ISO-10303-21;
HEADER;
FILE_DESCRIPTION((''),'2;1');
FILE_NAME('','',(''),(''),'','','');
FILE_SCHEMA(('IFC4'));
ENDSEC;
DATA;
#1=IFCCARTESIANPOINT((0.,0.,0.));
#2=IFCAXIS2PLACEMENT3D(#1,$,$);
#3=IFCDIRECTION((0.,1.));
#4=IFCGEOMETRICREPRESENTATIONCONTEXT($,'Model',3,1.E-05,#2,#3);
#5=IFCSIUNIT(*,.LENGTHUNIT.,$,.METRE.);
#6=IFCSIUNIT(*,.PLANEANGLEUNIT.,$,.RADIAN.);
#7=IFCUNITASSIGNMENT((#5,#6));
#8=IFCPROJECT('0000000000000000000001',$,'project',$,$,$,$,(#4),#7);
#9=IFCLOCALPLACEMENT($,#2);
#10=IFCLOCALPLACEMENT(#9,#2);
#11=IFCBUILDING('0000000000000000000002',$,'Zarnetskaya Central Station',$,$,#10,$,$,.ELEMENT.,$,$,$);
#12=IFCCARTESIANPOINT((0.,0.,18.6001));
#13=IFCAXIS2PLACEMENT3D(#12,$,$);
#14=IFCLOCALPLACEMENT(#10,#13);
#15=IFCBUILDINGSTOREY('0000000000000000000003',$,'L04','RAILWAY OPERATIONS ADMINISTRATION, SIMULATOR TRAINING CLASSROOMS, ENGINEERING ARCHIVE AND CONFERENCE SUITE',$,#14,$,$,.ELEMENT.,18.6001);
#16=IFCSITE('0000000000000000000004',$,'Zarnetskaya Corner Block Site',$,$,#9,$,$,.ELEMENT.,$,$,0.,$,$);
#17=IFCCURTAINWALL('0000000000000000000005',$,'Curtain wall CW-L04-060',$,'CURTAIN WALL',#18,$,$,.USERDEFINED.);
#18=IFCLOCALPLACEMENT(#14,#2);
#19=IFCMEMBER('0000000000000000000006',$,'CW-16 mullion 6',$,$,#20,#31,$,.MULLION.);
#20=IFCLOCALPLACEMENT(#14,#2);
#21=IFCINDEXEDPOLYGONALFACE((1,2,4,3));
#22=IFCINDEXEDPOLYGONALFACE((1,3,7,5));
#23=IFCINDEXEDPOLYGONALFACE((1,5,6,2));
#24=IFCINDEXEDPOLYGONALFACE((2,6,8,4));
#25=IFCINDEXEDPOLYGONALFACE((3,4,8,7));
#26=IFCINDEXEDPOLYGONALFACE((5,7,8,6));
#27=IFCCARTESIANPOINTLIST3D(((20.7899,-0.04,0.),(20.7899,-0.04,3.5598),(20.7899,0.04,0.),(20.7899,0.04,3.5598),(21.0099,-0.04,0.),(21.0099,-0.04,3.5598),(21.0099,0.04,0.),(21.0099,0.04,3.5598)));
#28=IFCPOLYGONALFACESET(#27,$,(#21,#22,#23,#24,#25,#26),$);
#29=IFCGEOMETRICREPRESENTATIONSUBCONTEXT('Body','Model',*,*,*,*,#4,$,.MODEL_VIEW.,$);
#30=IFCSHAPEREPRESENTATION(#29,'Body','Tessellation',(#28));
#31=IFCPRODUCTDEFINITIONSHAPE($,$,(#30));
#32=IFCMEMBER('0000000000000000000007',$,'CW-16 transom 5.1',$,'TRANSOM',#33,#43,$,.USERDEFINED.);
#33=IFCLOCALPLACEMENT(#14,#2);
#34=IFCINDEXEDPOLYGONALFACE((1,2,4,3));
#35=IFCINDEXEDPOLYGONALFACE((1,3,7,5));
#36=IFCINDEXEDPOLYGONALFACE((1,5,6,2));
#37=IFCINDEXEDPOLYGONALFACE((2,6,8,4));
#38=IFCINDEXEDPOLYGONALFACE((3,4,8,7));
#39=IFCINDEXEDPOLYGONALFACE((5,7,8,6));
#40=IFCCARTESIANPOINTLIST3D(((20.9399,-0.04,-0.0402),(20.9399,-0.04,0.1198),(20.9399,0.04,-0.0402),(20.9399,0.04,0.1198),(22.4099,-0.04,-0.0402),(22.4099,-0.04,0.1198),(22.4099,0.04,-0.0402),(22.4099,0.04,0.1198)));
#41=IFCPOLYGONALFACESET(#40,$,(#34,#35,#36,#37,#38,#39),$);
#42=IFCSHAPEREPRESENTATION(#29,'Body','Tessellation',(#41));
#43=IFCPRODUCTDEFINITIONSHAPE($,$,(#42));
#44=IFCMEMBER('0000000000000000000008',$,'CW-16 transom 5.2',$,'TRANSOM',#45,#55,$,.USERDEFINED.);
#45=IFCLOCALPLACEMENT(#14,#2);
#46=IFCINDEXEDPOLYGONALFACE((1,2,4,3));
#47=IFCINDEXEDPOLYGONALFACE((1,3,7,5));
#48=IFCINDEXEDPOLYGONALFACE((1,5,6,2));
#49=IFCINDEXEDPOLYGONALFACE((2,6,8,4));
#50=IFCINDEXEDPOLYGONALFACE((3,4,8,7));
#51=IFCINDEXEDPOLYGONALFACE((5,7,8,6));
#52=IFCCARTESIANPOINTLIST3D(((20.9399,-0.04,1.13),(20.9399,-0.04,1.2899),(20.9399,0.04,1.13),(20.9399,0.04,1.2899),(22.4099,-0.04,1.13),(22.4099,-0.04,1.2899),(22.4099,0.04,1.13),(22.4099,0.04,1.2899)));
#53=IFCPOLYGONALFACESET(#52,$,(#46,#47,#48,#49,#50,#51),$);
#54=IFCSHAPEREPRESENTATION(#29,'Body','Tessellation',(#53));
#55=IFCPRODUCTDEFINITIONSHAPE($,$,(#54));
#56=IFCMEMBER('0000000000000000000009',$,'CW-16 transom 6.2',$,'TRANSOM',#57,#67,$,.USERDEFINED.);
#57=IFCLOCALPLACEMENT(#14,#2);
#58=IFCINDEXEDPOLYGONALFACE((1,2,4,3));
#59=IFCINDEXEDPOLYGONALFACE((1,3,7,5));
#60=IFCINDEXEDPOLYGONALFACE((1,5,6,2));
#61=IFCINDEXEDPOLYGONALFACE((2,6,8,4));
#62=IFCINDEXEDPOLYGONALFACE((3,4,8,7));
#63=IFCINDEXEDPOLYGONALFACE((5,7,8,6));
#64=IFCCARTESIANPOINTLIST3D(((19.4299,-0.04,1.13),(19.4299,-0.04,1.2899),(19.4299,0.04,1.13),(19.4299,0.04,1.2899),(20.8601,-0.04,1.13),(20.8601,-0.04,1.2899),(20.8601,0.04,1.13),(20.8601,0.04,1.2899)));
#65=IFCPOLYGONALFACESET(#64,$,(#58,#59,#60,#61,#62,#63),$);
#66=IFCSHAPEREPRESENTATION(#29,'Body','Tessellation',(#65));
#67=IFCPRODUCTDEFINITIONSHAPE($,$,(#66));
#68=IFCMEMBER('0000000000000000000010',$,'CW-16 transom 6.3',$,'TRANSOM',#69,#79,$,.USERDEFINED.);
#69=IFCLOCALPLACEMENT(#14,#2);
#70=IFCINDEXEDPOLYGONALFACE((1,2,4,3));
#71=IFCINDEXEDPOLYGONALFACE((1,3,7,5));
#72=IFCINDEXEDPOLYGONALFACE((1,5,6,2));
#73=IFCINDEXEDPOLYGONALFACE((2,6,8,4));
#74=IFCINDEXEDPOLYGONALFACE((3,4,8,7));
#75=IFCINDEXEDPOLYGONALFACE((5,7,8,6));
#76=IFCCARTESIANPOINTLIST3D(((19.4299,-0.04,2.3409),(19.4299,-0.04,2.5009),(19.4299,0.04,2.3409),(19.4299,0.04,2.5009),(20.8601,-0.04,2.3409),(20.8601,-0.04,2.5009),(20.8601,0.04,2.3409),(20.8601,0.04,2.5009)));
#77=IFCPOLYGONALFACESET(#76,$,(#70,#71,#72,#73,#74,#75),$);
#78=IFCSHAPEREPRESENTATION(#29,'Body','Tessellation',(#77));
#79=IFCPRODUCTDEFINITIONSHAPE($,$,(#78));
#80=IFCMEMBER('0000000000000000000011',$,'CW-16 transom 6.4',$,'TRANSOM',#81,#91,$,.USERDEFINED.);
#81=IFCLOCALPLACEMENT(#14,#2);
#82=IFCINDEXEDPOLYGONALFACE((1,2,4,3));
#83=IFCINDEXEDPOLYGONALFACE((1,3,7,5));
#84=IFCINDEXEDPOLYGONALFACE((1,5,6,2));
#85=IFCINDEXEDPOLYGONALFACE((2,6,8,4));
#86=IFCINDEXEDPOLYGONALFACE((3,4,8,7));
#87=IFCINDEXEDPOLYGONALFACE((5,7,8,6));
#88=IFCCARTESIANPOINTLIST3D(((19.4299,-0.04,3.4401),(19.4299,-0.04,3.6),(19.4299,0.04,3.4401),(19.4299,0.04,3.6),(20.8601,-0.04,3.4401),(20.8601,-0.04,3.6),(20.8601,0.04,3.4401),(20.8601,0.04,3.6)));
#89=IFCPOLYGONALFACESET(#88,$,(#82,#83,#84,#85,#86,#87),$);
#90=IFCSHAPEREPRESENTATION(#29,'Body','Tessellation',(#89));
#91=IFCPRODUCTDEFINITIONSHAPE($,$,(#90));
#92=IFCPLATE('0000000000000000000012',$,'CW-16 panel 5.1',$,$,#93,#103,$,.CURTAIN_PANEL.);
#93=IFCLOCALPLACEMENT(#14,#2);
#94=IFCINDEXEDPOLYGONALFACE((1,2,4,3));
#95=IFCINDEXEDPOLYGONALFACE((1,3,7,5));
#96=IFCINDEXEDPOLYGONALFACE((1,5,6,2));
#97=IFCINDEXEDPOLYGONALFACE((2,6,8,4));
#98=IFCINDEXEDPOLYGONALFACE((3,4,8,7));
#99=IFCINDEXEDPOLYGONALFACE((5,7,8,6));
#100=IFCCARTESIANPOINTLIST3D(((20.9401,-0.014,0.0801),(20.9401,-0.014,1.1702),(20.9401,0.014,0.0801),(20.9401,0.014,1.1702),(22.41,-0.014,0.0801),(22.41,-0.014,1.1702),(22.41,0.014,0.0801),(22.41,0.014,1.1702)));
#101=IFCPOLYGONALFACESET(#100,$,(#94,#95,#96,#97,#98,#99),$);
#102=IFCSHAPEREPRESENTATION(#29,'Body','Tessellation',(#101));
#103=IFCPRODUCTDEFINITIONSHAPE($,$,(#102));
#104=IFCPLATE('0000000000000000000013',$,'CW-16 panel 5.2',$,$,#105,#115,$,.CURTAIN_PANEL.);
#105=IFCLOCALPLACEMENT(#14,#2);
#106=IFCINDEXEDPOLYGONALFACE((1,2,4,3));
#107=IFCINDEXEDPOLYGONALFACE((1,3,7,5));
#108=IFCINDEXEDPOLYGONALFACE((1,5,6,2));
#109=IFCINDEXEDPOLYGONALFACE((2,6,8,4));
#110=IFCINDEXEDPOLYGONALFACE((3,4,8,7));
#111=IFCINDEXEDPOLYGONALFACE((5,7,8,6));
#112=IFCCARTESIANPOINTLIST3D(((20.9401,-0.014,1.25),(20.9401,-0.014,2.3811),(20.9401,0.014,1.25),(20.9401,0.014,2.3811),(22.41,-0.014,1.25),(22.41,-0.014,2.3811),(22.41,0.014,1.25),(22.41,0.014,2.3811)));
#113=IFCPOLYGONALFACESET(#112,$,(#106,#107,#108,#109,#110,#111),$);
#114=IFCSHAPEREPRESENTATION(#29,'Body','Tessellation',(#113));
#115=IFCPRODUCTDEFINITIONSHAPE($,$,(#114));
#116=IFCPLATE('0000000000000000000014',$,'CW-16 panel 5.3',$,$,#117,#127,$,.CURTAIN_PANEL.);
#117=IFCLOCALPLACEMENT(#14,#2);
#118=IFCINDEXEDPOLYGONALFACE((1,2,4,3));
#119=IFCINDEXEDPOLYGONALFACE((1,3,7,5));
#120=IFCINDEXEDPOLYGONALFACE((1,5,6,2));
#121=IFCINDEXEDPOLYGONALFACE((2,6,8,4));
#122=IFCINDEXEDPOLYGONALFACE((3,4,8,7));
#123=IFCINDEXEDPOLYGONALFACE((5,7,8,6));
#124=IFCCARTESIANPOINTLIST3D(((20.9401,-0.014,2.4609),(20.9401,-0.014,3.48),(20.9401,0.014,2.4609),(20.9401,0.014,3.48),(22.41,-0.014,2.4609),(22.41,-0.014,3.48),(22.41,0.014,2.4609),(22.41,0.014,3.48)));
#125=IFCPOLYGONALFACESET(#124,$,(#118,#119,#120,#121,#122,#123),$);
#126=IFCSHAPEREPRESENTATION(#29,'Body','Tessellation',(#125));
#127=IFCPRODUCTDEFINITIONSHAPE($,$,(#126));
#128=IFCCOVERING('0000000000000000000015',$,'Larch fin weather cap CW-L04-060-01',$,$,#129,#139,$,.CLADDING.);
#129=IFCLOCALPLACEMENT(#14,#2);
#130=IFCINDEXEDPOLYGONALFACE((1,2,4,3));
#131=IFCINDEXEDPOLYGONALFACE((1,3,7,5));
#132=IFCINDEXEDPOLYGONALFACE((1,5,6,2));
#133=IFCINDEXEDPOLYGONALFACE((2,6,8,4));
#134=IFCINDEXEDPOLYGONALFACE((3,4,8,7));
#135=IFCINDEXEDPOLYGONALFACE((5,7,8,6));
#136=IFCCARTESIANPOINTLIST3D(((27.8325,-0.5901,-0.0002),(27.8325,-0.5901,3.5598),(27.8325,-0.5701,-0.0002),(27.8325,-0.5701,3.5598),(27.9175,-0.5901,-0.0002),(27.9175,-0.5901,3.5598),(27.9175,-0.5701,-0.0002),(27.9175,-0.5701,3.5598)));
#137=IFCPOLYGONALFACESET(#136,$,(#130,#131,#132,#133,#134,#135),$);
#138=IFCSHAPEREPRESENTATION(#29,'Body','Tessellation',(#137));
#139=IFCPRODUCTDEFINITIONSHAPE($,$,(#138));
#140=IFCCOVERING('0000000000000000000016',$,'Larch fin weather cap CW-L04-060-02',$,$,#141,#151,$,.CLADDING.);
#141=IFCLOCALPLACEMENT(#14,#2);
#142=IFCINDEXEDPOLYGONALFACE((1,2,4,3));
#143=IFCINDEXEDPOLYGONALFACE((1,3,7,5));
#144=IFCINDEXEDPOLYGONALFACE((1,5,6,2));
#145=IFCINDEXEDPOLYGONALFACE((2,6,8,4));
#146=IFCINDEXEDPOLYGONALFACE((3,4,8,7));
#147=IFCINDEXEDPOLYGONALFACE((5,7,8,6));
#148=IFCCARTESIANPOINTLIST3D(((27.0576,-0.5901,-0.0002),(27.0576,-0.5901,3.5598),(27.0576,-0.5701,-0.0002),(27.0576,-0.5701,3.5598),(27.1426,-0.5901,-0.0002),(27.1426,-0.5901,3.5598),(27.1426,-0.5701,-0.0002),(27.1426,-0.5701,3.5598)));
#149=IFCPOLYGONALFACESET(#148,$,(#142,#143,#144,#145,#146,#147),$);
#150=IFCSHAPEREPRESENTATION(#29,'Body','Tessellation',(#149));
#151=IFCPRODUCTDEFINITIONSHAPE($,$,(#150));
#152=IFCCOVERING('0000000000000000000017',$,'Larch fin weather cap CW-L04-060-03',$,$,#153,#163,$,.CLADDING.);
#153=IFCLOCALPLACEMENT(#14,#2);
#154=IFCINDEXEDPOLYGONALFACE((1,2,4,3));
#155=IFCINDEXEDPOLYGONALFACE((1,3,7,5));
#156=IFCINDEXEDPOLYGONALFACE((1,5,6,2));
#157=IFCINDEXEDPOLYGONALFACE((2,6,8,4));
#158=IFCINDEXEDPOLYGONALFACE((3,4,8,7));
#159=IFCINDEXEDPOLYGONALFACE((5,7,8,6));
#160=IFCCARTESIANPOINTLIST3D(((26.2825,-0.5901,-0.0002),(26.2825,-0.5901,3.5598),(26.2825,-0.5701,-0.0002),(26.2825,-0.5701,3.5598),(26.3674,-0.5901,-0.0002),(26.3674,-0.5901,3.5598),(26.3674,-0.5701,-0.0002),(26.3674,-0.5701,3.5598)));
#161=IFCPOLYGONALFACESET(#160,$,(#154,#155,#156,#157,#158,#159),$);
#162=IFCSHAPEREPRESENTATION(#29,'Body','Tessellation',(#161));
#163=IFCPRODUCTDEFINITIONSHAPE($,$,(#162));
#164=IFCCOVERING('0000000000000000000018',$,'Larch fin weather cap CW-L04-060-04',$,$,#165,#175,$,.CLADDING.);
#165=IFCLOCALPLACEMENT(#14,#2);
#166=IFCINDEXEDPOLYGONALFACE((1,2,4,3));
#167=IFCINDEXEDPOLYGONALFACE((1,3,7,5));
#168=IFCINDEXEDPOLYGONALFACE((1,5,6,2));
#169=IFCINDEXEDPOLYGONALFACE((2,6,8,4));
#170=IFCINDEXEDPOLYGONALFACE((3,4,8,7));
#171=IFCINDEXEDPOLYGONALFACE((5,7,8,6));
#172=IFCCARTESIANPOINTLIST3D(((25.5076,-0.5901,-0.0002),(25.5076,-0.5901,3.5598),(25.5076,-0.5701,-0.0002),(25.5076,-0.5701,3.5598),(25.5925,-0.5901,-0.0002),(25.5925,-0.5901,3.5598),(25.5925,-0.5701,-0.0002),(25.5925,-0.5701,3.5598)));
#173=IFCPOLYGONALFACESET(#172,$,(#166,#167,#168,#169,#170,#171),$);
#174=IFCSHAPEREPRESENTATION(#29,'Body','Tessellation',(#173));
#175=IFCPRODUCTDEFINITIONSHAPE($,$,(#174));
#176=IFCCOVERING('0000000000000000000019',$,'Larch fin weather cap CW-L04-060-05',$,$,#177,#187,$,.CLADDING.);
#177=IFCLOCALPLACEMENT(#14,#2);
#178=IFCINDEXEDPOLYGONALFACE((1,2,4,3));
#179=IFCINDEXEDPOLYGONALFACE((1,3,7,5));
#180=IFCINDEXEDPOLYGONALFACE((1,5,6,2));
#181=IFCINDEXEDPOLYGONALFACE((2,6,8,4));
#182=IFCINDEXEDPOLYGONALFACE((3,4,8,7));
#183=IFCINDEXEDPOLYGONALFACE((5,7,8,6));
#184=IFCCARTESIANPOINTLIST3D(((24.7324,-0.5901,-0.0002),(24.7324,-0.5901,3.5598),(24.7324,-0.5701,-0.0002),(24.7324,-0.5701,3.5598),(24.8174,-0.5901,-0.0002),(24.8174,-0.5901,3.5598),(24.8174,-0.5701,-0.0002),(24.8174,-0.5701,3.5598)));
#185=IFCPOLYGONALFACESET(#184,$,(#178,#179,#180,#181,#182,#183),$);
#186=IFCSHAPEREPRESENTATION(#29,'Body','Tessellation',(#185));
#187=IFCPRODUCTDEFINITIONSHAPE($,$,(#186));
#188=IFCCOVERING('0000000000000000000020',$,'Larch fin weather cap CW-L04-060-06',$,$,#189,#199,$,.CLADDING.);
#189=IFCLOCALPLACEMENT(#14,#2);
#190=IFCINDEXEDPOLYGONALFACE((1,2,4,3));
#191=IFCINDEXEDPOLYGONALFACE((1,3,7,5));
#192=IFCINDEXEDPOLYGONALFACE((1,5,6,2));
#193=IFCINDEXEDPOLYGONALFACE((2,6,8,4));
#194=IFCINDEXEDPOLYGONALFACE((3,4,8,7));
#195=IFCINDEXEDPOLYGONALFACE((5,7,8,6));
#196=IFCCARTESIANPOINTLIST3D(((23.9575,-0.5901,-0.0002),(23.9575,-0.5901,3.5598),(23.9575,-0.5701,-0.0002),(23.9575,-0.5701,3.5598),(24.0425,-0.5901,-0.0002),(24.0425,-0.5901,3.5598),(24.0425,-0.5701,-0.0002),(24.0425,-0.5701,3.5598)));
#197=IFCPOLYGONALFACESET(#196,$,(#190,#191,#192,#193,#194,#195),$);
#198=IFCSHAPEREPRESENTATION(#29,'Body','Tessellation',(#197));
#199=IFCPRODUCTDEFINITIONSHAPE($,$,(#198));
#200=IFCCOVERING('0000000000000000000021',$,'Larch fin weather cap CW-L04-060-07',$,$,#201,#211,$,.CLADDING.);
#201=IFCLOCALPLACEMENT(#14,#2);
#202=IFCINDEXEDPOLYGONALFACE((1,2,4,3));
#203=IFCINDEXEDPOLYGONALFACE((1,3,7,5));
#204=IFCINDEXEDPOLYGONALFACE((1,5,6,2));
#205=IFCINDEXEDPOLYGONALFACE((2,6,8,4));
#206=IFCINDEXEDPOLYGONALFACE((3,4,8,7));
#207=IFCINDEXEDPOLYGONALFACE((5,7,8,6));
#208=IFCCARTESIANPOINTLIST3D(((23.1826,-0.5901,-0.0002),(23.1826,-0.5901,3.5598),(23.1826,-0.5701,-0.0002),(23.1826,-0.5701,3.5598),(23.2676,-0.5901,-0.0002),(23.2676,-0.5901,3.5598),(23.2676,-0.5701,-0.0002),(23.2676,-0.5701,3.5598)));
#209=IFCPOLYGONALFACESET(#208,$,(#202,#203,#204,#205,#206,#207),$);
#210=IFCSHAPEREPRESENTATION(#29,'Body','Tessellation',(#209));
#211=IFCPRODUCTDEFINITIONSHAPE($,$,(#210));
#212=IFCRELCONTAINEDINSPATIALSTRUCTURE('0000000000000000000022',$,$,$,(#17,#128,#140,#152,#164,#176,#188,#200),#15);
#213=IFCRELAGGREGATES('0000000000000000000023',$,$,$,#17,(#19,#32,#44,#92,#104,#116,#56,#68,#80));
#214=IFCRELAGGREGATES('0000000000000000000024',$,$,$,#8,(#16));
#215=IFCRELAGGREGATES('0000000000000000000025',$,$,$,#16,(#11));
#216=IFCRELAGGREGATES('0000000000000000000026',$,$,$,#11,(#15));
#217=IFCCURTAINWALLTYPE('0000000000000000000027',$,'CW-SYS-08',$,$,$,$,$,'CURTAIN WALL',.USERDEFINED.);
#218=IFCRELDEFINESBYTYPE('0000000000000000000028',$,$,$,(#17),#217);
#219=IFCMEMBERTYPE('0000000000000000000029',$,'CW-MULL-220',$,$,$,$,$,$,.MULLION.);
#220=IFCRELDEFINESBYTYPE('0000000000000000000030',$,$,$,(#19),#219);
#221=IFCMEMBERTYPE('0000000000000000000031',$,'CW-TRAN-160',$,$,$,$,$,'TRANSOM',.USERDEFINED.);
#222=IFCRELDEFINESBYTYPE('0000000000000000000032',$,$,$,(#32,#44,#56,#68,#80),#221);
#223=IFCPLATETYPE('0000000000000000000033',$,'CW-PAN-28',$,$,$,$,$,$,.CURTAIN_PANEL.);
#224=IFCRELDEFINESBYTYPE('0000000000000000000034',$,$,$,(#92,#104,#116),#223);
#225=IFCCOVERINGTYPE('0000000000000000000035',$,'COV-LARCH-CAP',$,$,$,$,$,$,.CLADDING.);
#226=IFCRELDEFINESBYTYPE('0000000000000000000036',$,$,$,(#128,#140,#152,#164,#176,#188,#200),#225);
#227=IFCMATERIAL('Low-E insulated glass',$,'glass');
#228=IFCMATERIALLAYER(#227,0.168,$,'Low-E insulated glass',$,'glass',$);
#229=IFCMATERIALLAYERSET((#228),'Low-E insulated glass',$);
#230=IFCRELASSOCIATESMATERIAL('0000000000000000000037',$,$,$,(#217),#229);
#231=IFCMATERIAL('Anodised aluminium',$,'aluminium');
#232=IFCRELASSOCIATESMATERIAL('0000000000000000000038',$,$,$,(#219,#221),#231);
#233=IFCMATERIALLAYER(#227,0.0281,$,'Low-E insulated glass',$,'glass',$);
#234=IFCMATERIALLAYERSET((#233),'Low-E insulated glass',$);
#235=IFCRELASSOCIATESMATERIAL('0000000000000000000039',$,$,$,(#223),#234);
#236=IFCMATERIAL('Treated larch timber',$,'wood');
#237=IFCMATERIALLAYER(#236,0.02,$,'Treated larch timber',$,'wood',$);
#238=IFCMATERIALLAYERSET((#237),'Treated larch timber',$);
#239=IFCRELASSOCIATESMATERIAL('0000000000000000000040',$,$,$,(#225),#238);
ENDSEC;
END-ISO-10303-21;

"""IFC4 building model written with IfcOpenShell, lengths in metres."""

from ifc_helpers import new_model, si_unit, direction, frame, origin, origin_2d, place, context, subcontext, project, spatial, rectangle, extrude, material, layer, layer_set, material_profile, profile_set, type_object, element, aggregate, save


model = new_model("IFC4")

# Units and contexts
model_context = context("Model", 3, precision=1e-05, world=origin(), true_north=direction((0.0, 1.0)))
body_context = subcontext(model_context, "Body", "Model", "MODEL_VIEW")
ifc_project = project(units=[si_unit("LENGTHUNIT", "METRE"), si_unit("PLANEANGLEUNIT", "RADIAN")], contexts=[model_context])

# Site, building, storey
site_placement = place(None, origin())
site = spatial("IfcSite", under=ifc_project, at=site_placement, Name="Zarnetskaya Corner Block Site", CompositionType="ELEMENT", RefElevation=0.0)
building_placement = place(site_placement, origin())
building = spatial("IfcBuilding", under=site, at=building_placement, Name="Zarnetskaya Central Station", CompositionType="ELEMENT")
storey_placement = place(building_placement, frame((0.0, 0.0, 18.6001)))
storey = spatial("IfcBuildingStorey", under=building, at=storey_placement, Name="L04", Description="RAILWAY OPERATIONS ADMINISTRATION, SIMULATOR TRAINING CLASSROOMS, ENGINEERING ARCHIVE AND CONFERENCE SUITE", CompositionType="ELEMENT", Elevation=18.6001)

# Curtain wall, members, plates
ifc_material_1 = material(Name="Low-E insulated glass", Category="glass")
ifc_layer_1 = layer(ifc_material_1, 0.168, Name="Low-E insulated glass", Category="glass")
ifc_layer_set_1 = layer_set([ifc_layer_1], Name="Low-E insulated glass")
curtain_wall_type = type_object("IfcCurtainWallType", Name="CW-SYS-08", ElementType="CURTAIN WALL", PredefinedType="USERDEFINED", material=ifc_layer_set_1)
curtain_wall_placement = place(storey_placement, origin())
curtain_wall = element("IfcCurtainWall", 1, at=curtain_wall_placement, inside=storey, type_object=curtain_wall_type, Name="Curtain wall CW-L04-060", ObjectType="CURTAIN WALL", PredefinedType="USERDEFINED")
ifc_material_2 = material(Name="Anodised aluminium", Category="aluminium")
ifc_material_profile_1 = material_profile(ifc_material_2, rectangle(XDim=0.0801, YDim=0.22, at=origin_2d()), Name="ALU MULL 80x220")
ifc_profile_set_1 = profile_set([ifc_material_profile_1], Name="Anodised aluminium")
member_type_1 = type_object("IfcMemberType", Name="CW-MULL-220", PredefinedType="MULLION", material=ifc_profile_set_1)
member_1_placement = place(storey_placement, frame((20.8999, 0.0, 0.0), z_axis=(0.0, 0.0, 1.0), x_axis=(0.0, -1.0, 0.0)))
member_1 = element("IfcMember", 2, at=member_1_placement, type_object=member_type_1, Name="CW-16 mullion 6", PredefinedType="MULLION", context=body_context, shape_type="SweptSolid", body=[
    extrude(rectangle(XDim=0.0801, YDim=0.22, at=origin_2d()), origin(), (0.0, 0.0, 1.0), 3.5598),
])
ifc_material_profile_2 = material_profile(ifc_material_2, rectangle(XDim=0.0801, YDim=0.1599, at=origin_2d()), Name="ALU TRAN 80x160")
ifc_profile_set_2 = profile_set([ifc_material_profile_2], Name="Anodised aluminium")
member_type_2 = type_object("IfcMemberType", Name="CW-TRAN-160", ElementType="TRANSOM", PredefinedType="USERDEFINED", material=ifc_profile_set_2)
member_2_placement = place(storey_placement, frame((22.4099, 0.0, 0.0398), z_axis=(-1.0, 0.0, 0.0), x_axis=(0.0, -1.0, 0.0)))
member_2 = element("IfcMember", 3, at=member_2_placement, type_object=member_type_2, Name="CW-16 transom 5.1", ObjectType="TRANSOM", PredefinedType="USERDEFINED", context=body_context, shape_type="SweptSolid", body=[
    extrude(rectangle(XDim=0.0801, YDim=0.1599, at=origin_2d()), origin(), (0.0, 0.0, 1.0), 1.47),
])
member_3_placement = place(storey_placement, frame((22.4099, 0.0, 1.21), z_axis=(-1.0, 0.0, 0.0), x_axis=(0.0, -1.0, 0.0)))
member_3 = element("IfcMember", 4, at=member_3_placement, type_object=member_type_2, Name="CW-16 transom 5.2", ObjectType="TRANSOM", PredefinedType="USERDEFINED", context=body_context, shape_type="SweptSolid", body=[
    extrude(rectangle(XDim=0.0801, YDim=0.1599, at=origin_2d()), origin(), (0.0, 0.0, 1.0), 1.47),
])
member_4_placement = place(storey_placement, frame((20.8601, 0.0, 1.21), z_axis=(-1.0, 0.0, 0.0), x_axis=(0.0, -1.0, 0.0)))
member_4 = element("IfcMember", 5, at=member_4_placement, type_object=member_type_2, Name="CW-16 transom 6.2", ObjectType="TRANSOM", PredefinedType="USERDEFINED", context=body_context, shape_type="SweptSolid", body=[
    extrude(rectangle(XDim=0.0801, YDim=0.1599, at=origin_2d()), origin(), (0.0, 0.0, 1.0), 1.4302),
])
member_5_placement = place(storey_placement, frame((20.8601, 0.0, 2.4209), z_axis=(-1.0, 0.0, 0.0), x_axis=(0.0, -1.0, 0.0)))
member_5 = element("IfcMember", 6, at=member_5_placement, type_object=member_type_2, Name="CW-16 transom 6.3", ObjectType="TRANSOM", PredefinedType="USERDEFINED", context=body_context, shape_type="SweptSolid", body=[
    extrude(rectangle(XDim=0.0801, YDim=0.1599, at=origin_2d()), origin(), (0.0, 0.0, 1.0), 1.4302),
])
member_6_placement = place(storey_placement, frame((20.8601, 0.0, 3.52), z_axis=(-1.0, 0.0, 0.0), x_axis=(0.0, -1.0, 0.0)))
member_6 = element("IfcMember", 7, at=member_6_placement, type_object=member_type_2, Name="CW-16 transom 6.4", ObjectType="TRANSOM", PredefinedType="USERDEFINED", context=body_context, shape_type="SweptSolid", body=[
    extrude(rectangle(XDim=0.0801, YDim=0.1599, at=origin_2d()), origin(), (0.0, 0.0, 1.0), 1.4302),
])
ifc_layer_2 = layer(ifc_material_1, 0.0281, Name="Low-E insulated glass", Category="glass")
ifc_layer_set_2 = layer_set([ifc_layer_2], Name="Low-E insulated glass")
plate_type = type_object("IfcPlateType", Name="CW-PAN-28", PredefinedType="CURTAIN_PANEL", material=ifc_layer_set_2)
plate_1_placement = place(storey_placement, frame((21.675, 0.0, 0.0801), z_axis=(0.0, 0.0, 1.0), x_axis=(-1.0, 0.0, 0.0)))
plate_1 = element("IfcPlate", 8, at=plate_1_placement, type_object=plate_type, Name="CW-16 panel 5.1", PredefinedType="CURTAIN_PANEL", context=body_context, shape_type="SweptSolid", body=[
    extrude(rectangle(XDim=1.47, YDim=0.0281, at=origin_2d()), origin(), (0.0, 0.0, 1.0), 1.0901),
])
plate_2_placement = place(storey_placement, frame((21.675, 0.0, 1.25), z_axis=(0.0, 0.0, 1.0), x_axis=(-1.0, 0.0, 0.0)))
plate_2 = element("IfcPlate", 9, at=plate_2_placement, type_object=plate_type, Name="CW-16 panel 5.2", PredefinedType="CURTAIN_PANEL", context=body_context, shape_type="SweptSolid", body=[
    extrude(rectangle(XDim=1.47, YDim=0.0281, at=origin_2d()), origin(), (0.0, 0.0, 1.0), 1.1311),
])
plate_3_placement = place(storey_placement, frame((21.675, 0.0, 2.4609), z_axis=(0.0, 0.0, 1.0), x_axis=(-1.0, 0.0, 0.0)))
plate_3 = element("IfcPlate", 10, at=plate_3_placement, type_object=plate_type, Name="CW-16 panel 5.3", PredefinedType="CURTAIN_PANEL", context=body_context, shape_type="SweptSolid", body=[
    extrude(rectangle(XDim=1.47, YDim=0.0281, at=origin_2d()), origin(), (0.0, 0.0, 1.0), 1.019),
])
aggregate(curtain_wall, [member_1, member_2, member_3, plate_1, plate_2, plate_3, member_4, member_5, member_6])

# Coverings
ifc_material_3 = material(Name="Treated larch timber", Category="wood")
ifc_layer_3 = layer(ifc_material_3, 0.02, Name="Treated larch timber", Category="wood")
ifc_layer_set_3 = layer_set([ifc_layer_3], Name="Treated larch timber")
covering_type = type_object("IfcCoveringType", Name="COV-LARCH-CAP", PredefinedType="CLADDING", material=ifc_layer_set_3)
for number, where, z_axis, x_axis, name in (
    (11, (27.875, -0.5801, -0.0002), (0.0, 0.0, 1.0), (-1.0, 0.0, 0.0), "Larch fin weather cap CW-L04-060-01"),
    (12, (27.1001, -0.5801, -0.0002), (0.0, 0.0, 1.0), (-1.0, 0.0, 0.0), "Larch fin weather cap CW-L04-060-02"),
    (13, (26.325, -0.5801, -0.0002), (0.0, 0.0, 1.0), (-1.0, 0.0, 0.0), "Larch fin weather cap CW-L04-060-03"),
    (14, (25.55, -0.5801, -0.0002), (0.0, 0.0, 1.0), (-1.0, 0.0, 0.0), "Larch fin weather cap CW-L04-060-04"),
    (15, (24.7749, -0.5801, -0.0002), (0.0, 0.0, 1.0), (-1.0, 0.0, 0.0), "Larch fin weather cap CW-L04-060-05"),
    (16, (24.0, -0.5801, -0.0002), (0.0, 0.0, 1.0), (-1.0, 0.0, 0.0), "Larch fin weather cap CW-L04-060-06"),
    (17, (23.2251, -0.5801, -0.0002), (0.0, 0.0, 1.0), (-1.0, 0.0, 0.0), "Larch fin weather cap CW-L04-060-07"),
):
    element("IfcCovering", number, at=place(storey_placement, frame(where, z_axis=z_axis, x_axis=x_axis)), inside=storey, type_object=covering_type, Name=name, PredefinedType="CLADDING", context=body_context, shape_type="SweptSolid", body=[
        extrude(rectangle(XDim=0.085, YDim=0.02, at=origin_2d()), origin(), (0.0, 0.0, 1.0), 3.5601),
    ])

save(model, "model.ifc")
